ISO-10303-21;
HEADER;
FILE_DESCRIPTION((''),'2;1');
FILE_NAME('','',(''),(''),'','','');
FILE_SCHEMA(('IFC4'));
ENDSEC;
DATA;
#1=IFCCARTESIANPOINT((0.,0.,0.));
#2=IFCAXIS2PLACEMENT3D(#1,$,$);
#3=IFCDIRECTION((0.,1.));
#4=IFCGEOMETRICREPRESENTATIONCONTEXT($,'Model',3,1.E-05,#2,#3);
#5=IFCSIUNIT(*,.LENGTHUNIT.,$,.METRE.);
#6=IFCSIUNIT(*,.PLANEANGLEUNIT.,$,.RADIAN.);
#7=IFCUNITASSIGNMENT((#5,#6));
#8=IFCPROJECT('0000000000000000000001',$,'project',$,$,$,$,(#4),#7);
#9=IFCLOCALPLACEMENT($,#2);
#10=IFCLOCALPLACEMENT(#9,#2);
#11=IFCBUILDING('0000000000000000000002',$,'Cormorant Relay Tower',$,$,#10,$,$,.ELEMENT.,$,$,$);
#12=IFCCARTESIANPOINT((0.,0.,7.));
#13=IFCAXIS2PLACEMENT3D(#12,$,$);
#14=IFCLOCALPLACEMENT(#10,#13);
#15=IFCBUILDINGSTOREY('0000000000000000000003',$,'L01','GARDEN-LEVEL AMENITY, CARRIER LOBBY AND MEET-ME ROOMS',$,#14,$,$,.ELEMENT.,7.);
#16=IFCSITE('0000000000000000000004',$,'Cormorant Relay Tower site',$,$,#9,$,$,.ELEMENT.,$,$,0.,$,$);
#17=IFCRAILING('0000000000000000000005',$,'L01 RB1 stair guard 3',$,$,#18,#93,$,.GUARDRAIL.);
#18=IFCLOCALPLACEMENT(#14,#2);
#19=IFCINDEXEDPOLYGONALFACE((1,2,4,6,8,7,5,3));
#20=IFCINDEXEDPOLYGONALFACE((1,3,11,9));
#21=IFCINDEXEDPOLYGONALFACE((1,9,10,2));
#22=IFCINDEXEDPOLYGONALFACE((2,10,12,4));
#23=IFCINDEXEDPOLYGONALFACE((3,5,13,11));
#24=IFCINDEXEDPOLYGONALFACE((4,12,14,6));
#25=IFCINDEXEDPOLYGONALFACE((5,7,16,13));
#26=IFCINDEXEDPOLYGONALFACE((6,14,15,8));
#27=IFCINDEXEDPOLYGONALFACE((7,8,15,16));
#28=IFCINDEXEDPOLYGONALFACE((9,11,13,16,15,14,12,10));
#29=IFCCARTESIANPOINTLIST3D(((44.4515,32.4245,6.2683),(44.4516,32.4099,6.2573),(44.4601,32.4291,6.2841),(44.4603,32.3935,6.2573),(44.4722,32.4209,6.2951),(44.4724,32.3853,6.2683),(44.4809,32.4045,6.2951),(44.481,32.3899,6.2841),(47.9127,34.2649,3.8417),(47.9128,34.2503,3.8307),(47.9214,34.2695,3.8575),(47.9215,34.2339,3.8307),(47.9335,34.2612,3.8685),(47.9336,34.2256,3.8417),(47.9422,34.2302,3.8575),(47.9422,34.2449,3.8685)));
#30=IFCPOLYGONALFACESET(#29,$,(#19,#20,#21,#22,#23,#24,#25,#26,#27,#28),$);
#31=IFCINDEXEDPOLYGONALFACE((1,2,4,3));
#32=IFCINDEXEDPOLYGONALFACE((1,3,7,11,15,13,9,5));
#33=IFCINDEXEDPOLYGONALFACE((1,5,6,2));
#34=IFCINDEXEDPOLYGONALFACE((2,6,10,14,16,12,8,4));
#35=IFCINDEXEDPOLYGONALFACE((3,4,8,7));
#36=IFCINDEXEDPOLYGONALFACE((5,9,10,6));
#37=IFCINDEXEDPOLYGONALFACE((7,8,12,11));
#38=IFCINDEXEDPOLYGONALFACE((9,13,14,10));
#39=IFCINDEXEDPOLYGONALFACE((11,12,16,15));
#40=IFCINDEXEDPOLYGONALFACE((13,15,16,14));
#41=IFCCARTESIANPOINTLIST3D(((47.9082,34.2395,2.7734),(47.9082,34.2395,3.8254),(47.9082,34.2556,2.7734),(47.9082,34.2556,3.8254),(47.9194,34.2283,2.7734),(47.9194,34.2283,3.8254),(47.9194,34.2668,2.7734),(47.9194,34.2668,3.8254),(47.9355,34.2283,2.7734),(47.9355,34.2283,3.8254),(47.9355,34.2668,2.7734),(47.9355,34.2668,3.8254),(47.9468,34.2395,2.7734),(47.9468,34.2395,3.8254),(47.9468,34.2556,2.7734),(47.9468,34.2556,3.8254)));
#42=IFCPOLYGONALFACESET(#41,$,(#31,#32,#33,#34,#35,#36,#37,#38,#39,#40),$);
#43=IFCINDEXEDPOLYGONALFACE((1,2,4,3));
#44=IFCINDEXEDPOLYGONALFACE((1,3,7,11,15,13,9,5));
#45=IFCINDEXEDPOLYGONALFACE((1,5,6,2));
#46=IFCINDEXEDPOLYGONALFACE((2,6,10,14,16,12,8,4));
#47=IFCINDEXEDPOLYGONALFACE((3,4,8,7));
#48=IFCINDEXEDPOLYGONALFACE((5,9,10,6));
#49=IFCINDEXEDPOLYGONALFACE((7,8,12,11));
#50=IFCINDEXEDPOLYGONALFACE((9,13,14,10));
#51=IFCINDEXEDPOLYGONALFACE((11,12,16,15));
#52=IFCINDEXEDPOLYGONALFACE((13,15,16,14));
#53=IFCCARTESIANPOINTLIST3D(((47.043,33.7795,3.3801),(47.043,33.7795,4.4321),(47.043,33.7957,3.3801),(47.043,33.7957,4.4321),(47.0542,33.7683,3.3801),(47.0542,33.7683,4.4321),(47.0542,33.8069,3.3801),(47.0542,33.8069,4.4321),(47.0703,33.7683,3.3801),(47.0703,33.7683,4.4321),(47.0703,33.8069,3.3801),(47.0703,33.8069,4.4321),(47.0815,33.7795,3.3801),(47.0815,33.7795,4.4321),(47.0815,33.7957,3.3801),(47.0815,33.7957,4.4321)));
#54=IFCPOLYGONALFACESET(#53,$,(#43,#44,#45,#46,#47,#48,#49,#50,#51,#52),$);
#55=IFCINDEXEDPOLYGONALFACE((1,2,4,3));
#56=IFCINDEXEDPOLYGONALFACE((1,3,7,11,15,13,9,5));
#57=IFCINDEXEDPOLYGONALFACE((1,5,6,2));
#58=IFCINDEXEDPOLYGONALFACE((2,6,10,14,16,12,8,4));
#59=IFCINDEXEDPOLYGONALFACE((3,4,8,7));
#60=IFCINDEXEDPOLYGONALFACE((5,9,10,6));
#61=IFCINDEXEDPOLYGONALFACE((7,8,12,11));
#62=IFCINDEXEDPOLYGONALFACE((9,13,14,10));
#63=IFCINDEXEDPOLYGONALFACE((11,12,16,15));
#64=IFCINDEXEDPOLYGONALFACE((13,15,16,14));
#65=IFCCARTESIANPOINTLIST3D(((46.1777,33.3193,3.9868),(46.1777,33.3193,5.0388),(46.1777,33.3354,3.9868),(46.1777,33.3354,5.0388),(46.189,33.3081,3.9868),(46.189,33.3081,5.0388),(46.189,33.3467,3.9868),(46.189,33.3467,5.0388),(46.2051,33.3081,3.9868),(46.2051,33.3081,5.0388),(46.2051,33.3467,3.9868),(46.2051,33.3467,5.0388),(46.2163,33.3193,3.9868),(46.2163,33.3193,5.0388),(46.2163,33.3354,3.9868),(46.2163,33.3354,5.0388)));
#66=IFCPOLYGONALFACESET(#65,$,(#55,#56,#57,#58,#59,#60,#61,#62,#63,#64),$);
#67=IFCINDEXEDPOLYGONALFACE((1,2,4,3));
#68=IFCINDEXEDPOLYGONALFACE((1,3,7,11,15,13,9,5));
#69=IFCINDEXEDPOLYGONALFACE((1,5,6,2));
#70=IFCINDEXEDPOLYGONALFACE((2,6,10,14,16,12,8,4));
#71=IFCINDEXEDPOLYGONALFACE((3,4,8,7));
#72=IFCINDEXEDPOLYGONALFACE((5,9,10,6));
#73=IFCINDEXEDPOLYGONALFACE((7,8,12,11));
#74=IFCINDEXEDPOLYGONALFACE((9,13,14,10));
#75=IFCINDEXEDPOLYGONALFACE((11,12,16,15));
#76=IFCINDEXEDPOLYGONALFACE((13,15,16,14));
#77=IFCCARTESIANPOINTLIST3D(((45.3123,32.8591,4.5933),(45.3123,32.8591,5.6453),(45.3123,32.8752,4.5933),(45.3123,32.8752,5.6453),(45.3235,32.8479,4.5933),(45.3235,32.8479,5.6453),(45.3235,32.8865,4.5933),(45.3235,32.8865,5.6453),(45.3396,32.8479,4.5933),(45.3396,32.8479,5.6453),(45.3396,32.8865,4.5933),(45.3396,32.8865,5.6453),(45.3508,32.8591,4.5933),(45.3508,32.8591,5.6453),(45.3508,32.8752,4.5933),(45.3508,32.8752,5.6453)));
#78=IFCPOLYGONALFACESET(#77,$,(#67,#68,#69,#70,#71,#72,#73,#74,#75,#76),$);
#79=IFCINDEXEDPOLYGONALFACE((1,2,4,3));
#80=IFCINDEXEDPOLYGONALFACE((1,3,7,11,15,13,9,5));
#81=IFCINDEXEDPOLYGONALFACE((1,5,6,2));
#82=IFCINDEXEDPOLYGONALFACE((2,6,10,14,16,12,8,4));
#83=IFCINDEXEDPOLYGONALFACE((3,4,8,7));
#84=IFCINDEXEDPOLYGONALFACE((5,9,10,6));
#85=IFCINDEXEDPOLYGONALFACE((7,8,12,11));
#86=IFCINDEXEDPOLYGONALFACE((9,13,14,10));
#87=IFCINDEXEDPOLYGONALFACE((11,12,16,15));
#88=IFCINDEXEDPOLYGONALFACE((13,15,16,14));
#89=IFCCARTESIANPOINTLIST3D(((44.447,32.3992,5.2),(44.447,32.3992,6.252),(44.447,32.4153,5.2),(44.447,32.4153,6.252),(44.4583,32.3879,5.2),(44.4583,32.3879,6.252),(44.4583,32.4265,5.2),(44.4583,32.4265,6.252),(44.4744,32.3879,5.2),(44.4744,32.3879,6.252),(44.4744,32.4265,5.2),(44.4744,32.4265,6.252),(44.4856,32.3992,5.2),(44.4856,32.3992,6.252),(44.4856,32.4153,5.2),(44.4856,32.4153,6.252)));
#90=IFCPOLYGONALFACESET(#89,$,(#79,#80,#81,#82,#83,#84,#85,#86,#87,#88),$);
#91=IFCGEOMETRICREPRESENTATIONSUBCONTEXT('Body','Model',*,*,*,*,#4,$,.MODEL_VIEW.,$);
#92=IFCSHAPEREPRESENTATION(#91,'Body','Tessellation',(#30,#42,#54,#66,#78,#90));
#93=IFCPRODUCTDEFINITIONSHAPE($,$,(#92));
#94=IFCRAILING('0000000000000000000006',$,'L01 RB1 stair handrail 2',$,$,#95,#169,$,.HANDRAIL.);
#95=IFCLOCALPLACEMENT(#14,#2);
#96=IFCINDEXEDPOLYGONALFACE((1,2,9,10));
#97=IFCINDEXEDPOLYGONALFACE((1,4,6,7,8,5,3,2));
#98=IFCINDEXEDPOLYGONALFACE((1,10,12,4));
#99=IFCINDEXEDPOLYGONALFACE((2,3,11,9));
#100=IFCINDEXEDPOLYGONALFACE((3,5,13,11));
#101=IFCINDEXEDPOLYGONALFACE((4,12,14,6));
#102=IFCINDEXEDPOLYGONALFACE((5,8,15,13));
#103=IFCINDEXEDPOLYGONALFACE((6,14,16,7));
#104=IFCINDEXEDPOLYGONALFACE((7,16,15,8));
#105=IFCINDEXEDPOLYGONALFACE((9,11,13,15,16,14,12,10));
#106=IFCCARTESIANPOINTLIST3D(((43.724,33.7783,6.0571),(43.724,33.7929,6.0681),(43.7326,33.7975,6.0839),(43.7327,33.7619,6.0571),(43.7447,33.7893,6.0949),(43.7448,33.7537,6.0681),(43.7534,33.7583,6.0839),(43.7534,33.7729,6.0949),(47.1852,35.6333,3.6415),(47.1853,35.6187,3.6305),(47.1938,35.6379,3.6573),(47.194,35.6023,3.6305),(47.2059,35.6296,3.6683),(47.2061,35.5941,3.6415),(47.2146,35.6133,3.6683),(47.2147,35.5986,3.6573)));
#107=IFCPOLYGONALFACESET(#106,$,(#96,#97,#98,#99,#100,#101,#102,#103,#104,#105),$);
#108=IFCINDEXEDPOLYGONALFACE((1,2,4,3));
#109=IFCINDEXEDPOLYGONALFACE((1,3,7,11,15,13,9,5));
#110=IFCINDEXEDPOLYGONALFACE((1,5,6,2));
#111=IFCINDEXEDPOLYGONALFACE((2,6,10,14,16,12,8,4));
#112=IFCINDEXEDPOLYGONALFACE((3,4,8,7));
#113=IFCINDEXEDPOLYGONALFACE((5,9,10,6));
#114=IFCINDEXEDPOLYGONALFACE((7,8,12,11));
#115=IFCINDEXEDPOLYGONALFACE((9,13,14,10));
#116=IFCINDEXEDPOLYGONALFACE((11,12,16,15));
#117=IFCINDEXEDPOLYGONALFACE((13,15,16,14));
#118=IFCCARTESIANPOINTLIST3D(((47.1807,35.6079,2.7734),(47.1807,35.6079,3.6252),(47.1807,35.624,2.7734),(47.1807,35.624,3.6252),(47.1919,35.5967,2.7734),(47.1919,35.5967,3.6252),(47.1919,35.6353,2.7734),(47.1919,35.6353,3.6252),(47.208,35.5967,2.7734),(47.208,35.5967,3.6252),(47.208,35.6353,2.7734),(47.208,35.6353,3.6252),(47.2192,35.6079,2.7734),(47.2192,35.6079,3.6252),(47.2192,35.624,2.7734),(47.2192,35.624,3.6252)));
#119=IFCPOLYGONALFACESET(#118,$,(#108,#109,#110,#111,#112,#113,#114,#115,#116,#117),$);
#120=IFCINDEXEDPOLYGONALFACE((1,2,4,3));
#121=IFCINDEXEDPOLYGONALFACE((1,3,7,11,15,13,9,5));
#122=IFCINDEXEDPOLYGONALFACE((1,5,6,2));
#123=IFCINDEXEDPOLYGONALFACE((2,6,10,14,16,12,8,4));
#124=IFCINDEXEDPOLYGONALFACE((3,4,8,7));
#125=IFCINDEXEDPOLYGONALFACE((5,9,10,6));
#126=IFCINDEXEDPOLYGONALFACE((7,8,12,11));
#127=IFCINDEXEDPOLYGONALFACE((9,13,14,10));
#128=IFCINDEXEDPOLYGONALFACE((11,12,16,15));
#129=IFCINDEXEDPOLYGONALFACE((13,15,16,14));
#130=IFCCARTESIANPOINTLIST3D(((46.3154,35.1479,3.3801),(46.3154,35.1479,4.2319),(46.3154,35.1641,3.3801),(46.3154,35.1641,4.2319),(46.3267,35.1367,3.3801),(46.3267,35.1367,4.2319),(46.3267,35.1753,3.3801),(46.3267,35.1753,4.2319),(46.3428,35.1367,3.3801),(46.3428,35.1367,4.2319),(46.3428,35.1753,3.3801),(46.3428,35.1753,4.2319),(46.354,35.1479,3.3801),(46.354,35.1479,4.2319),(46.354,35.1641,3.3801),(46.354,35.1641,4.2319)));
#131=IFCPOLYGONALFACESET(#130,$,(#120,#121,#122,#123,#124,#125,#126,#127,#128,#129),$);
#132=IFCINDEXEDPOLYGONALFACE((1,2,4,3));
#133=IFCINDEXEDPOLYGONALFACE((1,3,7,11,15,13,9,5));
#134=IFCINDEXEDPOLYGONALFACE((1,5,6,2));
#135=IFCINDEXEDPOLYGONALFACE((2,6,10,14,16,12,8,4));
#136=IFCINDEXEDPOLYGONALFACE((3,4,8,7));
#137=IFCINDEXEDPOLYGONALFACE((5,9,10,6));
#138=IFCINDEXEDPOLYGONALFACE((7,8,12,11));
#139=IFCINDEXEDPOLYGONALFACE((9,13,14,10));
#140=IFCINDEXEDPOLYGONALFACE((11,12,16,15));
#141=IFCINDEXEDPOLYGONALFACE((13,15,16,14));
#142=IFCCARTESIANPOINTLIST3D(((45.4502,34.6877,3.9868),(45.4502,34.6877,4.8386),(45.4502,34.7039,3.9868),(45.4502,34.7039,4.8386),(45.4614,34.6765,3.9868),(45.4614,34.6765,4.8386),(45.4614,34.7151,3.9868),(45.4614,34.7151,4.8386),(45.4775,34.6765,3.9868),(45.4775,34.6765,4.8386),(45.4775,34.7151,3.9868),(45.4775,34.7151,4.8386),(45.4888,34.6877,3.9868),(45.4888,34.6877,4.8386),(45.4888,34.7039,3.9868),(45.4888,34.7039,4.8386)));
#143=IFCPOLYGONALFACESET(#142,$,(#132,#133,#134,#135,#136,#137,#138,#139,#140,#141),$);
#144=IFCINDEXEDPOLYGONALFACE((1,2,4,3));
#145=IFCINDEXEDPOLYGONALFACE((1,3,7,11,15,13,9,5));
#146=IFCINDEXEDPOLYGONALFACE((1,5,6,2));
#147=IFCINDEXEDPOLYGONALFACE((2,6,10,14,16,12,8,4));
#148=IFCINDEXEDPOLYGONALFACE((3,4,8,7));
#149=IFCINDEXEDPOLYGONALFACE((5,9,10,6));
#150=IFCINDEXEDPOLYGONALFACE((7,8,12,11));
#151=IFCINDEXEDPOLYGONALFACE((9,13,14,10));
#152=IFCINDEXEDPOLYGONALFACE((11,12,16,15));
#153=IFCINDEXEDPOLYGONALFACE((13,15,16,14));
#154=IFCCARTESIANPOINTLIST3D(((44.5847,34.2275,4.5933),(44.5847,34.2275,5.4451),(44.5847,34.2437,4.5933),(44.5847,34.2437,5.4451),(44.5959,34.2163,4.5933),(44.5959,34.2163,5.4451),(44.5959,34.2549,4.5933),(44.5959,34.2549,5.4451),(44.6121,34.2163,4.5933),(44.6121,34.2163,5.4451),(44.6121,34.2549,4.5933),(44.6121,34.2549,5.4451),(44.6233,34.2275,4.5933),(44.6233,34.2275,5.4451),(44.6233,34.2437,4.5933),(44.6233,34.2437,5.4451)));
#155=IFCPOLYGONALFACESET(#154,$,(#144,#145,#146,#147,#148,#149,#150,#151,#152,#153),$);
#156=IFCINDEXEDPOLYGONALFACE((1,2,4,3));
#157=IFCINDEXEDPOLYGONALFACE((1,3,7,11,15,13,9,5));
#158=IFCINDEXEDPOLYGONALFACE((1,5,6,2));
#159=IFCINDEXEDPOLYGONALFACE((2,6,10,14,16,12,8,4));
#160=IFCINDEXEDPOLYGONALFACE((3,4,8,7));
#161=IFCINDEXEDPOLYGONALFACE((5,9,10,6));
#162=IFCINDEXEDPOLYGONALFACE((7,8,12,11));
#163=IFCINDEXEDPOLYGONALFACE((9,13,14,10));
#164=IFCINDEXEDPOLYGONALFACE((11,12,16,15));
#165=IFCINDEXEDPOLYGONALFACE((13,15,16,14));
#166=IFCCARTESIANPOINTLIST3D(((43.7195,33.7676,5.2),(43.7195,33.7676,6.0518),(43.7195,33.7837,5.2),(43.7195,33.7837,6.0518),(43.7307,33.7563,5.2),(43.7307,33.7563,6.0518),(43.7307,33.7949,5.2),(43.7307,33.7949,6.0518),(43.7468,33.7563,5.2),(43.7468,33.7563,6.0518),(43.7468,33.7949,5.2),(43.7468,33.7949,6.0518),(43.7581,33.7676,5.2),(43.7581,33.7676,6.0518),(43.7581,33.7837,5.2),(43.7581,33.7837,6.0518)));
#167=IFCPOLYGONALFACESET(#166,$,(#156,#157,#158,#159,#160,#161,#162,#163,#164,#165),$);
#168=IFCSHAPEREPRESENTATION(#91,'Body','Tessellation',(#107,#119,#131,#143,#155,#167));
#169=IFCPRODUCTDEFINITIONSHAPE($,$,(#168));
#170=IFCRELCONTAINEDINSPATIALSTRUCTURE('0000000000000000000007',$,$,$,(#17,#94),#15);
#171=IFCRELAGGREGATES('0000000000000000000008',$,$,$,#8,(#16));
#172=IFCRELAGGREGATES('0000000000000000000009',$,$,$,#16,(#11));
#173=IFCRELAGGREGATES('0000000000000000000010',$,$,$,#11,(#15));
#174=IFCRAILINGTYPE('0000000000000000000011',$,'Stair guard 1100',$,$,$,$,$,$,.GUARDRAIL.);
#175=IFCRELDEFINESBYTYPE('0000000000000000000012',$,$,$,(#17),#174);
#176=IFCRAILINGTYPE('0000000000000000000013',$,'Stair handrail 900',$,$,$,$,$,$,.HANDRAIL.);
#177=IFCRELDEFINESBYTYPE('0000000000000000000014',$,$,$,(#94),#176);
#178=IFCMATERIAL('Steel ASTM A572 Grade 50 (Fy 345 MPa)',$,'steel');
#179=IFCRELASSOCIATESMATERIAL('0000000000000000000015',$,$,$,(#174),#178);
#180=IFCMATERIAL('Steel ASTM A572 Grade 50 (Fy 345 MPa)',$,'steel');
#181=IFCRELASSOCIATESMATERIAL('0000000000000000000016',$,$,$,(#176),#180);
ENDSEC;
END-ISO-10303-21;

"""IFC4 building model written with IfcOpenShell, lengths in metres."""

from ifc_helpers import new_model, si_unit, direction, frame, origin, place, context, subcontext, project, spatial, polyline, outline, extrude, material, type_object, element, save


model = new_model("IFC4")

# Units and contexts
model_context = context("Model", 3, precision=1e-05, world=origin(), true_north=direction((0.0, 1.0)))
body_context = subcontext(model_context, "Body", "Model", "MODEL_VIEW")
ifc_project = project(units=[si_unit("LENGTHUNIT", "METRE"), si_unit("PLANEANGLEUNIT", "RADIAN")], contexts=[model_context])

# Site, building, storey
site_placement = place(None, origin())
site = spatial("IfcSite", under=ifc_project, at=site_placement, Name="Cormorant Relay Tower site", CompositionType="ELEMENT", RefElevation=0.0)
building_placement = place(site_placement, origin())
building = spatial("IfcBuilding", under=site, at=building_placement, Name="Cormorant Relay Tower", CompositionType="ELEMENT")
storey_placement = place(building_placement, frame((0.0, 0.0, 7.0)))
storey = spatial("IfcBuildingStorey", under=building, at=storey_placement, Name="L01", Description="GARDEN-LEVEL AMENITY, CARRIER LOBBY AND MEET-ME ROOMS", CompositionType="ELEMENT", Elevation=7.0)

# Railings
ifc_material_1 = material(Name="Steel ASTM A572 Grade 50 (Fy 345 MPa)", Category="steel")
railing_type_1 = type_object("IfcRailingType", Name="Stair guard 1100", PredefinedType="GUARDRAIL", material=ifc_material_1)
railing_1_placement = place(storey_placement, frame((47.9275, 34.2476, 2.7734)))
element("IfcRailing", 1, at=railing_1_placement, inside=storey, type_object=railing_type_1, Name="L01 RB1 stair guard 3", PredefinedType="GUARDRAIL", context=body_context, shape_type="SweptSolid", body=[
    extrude(outline(polyline([(0.0222, 0.0093), (0.0093, 0.0222), (-0.0093, 0.0222), (-0.0222, 0.0093), (-0.0222, -0.0093), (-0.0093, -0.0222), (0.0093, -0.0222), (0.0222, -0.0093), (0.0222, 0.0093)])), frame((0.0, 0.0, 1.0762), z_axis=(-0.750755, -0.399181, 0.526328), x_axis=(0.469469, -0.882949, 0.0)), (0.0, 0.0, 1.0), 4.6104),
    extrude(outline(polyline([(0.0193, 0.0081), (0.0081, 0.0193), (-0.0081, 0.0193), (-0.0193, 0.0081), (-0.0193, -0.0081), (-0.0081, -0.0193), (0.0081, -0.0193), (0.0193, -0.0081), (0.0193, 0.0081)])), origin(), (0.0, 0.0, 1.0), 1.052),
    extrude(outline(polyline([(0.0193, 0.0081), (0.0081, 0.0193), (-0.0081, 0.0193), (-0.0193, 0.0081), (-0.0193, -0.0081), (-0.0081, -0.0193), (0.0081, -0.0193), (0.0193, -0.0081), (0.0193, 0.0081)])), frame((-0.8652, -0.46, 0.6067)), (0.0, 0.0, 1.0), 1.052),
    extrude(outline(polyline([(0.0193, 0.0081), (0.0081, 0.0193), (-0.0081, 0.0193), (-0.0193, 0.0081), (-0.0193, -0.0081), (-0.0081, -0.0193), (0.0081, -0.0193), (0.0193, -0.0081), (0.0193, 0.0081)])), frame((-1.7305, -0.9202, 1.2134)), (0.0, 0.0, 1.0), 1.052),
    extrude(outline(polyline([(0.0193, 0.0081), (0.0081, 0.0193), (-0.0081, 0.0193), (-0.0193, 0.0081), (-0.0193, -0.0081), (-0.0081, -0.0193), (0.0081, -0.0193), (0.0193, -0.0081), (0.0193, 0.0081)])), frame((-2.5959, -1.3804, 1.8198)), (0.0, 0.0, 1.0), 1.052),
    extrude(outline(polyline([(0.0193, 0.0081), (0.0081, 0.0193), (-0.0081, 0.0193), (-0.0193, 0.0081), (-0.0193, -0.0081), (-0.0081, -0.0193), (0.0081, -0.0193), (0.0193, -0.0081), (0.0193, 0.0081)])), frame((-3.4612, -1.8403, 2.4265)), (0.0, 0.0, 1.0), 1.052),
])
ifc_material_2 = material(Name="Steel ASTM A572 Grade 50 (Fy 345 MPa)", Category="steel")
railing_type_2 = type_object("IfcRailingType", Name="Stair handrail 900", PredefinedType="HANDRAIL", material=ifc_material_2)
railing_2_placement = place(storey_placement, frame((47.2, 35.616, 2.7734)))
element("IfcRailing", 2, at=railing_2_placement, inside=storey, type_object=railing_type_2, Name="L01 RB1 stair handrail 2", PredefinedType="HANDRAIL", context=body_context, shape_type="SweptSolid", body=[
    extrude(outline(polyline([(0.0222, 0.0093), (0.0093, 0.0222), (-0.0093, 0.0222), (-0.0222, 0.0093), (-0.0222, -0.0093), (-0.0093, -0.0222), (0.0093, -0.0222), (0.0222, -0.0093), (0.0222, 0.0093)])), frame((0.0, 0.0, 0.876), z_axis=(-0.750755, -0.399181, 0.526328), x_axis=(0.469469, -0.882949, 0.0)), (0.0, 0.0, 1.0), 4.6104),
    extrude(outline(polyline([(0.0193, 0.0081), (0.0081, 0.0193), (-0.0081, 0.0193), (-0.0193, 0.0081), (-0.0193, -0.0081), (-0.0081, -0.0193), (0.0081, -0.0193), (0.0193, -0.0081), (0.0193, 0.0081)])), origin(), (0.0, 0.0, 1.0), 0.8518),
    extrude(outline(polyline([(0.0193, 0.0081), (0.0081, 0.0193), (-0.0081, 0.0193), (-0.0193, 0.0081), (-0.0193, -0.0081), (-0.0081, -0.0193), (0.0081, -0.0193), (0.0193, -0.0081), (0.0193, 0.0081)])), frame((-0.8652, -0.46, 0.6067)), (0.0, 0.0, 1.0), 0.8518),
    extrude(outline(polyline([(0.0193, 0.0081), (0.0081, 0.0193), (-0.0081, 0.0193), (-0.0193, 0.0081), (-0.0193, -0.0081), (-0.0081, -0.0193), (0.0081, -0.0193), (0.0193, -0.0081), (0.0193, 0.0081)])), frame((-1.7305, -0.9202, 1.2134)), (0.0, 0.0, 1.0), 0.8518),
    extrude(outline(polyline([(0.0193, 0.0081), (0.0081, 0.0193), (-0.0081, 0.0193), (-0.0193, 0.0081), (-0.0193, -0.0081), (-0.0081, -0.0193), (0.0081, -0.0193), (0.0193, -0.0081), (0.0193, 0.0081)])), frame((-2.5959, -1.3804, 1.8198)), (0.0, 0.0, 1.0), 0.8518),
    extrude(outline(polyline([(0.0193, 0.0081), (0.0081, 0.0193), (-0.0081, 0.0193), (-0.0193, 0.0081), (-0.0193, -0.0081), (-0.0081, -0.0193), (0.0081, -0.0193), (0.0193, -0.0081), (0.0193, 0.0081)])), frame((-3.4612, -1.8403, 2.4265)), (0.0, 0.0, 1.0), 0.8518),
])

save(model, "model.ifc")
